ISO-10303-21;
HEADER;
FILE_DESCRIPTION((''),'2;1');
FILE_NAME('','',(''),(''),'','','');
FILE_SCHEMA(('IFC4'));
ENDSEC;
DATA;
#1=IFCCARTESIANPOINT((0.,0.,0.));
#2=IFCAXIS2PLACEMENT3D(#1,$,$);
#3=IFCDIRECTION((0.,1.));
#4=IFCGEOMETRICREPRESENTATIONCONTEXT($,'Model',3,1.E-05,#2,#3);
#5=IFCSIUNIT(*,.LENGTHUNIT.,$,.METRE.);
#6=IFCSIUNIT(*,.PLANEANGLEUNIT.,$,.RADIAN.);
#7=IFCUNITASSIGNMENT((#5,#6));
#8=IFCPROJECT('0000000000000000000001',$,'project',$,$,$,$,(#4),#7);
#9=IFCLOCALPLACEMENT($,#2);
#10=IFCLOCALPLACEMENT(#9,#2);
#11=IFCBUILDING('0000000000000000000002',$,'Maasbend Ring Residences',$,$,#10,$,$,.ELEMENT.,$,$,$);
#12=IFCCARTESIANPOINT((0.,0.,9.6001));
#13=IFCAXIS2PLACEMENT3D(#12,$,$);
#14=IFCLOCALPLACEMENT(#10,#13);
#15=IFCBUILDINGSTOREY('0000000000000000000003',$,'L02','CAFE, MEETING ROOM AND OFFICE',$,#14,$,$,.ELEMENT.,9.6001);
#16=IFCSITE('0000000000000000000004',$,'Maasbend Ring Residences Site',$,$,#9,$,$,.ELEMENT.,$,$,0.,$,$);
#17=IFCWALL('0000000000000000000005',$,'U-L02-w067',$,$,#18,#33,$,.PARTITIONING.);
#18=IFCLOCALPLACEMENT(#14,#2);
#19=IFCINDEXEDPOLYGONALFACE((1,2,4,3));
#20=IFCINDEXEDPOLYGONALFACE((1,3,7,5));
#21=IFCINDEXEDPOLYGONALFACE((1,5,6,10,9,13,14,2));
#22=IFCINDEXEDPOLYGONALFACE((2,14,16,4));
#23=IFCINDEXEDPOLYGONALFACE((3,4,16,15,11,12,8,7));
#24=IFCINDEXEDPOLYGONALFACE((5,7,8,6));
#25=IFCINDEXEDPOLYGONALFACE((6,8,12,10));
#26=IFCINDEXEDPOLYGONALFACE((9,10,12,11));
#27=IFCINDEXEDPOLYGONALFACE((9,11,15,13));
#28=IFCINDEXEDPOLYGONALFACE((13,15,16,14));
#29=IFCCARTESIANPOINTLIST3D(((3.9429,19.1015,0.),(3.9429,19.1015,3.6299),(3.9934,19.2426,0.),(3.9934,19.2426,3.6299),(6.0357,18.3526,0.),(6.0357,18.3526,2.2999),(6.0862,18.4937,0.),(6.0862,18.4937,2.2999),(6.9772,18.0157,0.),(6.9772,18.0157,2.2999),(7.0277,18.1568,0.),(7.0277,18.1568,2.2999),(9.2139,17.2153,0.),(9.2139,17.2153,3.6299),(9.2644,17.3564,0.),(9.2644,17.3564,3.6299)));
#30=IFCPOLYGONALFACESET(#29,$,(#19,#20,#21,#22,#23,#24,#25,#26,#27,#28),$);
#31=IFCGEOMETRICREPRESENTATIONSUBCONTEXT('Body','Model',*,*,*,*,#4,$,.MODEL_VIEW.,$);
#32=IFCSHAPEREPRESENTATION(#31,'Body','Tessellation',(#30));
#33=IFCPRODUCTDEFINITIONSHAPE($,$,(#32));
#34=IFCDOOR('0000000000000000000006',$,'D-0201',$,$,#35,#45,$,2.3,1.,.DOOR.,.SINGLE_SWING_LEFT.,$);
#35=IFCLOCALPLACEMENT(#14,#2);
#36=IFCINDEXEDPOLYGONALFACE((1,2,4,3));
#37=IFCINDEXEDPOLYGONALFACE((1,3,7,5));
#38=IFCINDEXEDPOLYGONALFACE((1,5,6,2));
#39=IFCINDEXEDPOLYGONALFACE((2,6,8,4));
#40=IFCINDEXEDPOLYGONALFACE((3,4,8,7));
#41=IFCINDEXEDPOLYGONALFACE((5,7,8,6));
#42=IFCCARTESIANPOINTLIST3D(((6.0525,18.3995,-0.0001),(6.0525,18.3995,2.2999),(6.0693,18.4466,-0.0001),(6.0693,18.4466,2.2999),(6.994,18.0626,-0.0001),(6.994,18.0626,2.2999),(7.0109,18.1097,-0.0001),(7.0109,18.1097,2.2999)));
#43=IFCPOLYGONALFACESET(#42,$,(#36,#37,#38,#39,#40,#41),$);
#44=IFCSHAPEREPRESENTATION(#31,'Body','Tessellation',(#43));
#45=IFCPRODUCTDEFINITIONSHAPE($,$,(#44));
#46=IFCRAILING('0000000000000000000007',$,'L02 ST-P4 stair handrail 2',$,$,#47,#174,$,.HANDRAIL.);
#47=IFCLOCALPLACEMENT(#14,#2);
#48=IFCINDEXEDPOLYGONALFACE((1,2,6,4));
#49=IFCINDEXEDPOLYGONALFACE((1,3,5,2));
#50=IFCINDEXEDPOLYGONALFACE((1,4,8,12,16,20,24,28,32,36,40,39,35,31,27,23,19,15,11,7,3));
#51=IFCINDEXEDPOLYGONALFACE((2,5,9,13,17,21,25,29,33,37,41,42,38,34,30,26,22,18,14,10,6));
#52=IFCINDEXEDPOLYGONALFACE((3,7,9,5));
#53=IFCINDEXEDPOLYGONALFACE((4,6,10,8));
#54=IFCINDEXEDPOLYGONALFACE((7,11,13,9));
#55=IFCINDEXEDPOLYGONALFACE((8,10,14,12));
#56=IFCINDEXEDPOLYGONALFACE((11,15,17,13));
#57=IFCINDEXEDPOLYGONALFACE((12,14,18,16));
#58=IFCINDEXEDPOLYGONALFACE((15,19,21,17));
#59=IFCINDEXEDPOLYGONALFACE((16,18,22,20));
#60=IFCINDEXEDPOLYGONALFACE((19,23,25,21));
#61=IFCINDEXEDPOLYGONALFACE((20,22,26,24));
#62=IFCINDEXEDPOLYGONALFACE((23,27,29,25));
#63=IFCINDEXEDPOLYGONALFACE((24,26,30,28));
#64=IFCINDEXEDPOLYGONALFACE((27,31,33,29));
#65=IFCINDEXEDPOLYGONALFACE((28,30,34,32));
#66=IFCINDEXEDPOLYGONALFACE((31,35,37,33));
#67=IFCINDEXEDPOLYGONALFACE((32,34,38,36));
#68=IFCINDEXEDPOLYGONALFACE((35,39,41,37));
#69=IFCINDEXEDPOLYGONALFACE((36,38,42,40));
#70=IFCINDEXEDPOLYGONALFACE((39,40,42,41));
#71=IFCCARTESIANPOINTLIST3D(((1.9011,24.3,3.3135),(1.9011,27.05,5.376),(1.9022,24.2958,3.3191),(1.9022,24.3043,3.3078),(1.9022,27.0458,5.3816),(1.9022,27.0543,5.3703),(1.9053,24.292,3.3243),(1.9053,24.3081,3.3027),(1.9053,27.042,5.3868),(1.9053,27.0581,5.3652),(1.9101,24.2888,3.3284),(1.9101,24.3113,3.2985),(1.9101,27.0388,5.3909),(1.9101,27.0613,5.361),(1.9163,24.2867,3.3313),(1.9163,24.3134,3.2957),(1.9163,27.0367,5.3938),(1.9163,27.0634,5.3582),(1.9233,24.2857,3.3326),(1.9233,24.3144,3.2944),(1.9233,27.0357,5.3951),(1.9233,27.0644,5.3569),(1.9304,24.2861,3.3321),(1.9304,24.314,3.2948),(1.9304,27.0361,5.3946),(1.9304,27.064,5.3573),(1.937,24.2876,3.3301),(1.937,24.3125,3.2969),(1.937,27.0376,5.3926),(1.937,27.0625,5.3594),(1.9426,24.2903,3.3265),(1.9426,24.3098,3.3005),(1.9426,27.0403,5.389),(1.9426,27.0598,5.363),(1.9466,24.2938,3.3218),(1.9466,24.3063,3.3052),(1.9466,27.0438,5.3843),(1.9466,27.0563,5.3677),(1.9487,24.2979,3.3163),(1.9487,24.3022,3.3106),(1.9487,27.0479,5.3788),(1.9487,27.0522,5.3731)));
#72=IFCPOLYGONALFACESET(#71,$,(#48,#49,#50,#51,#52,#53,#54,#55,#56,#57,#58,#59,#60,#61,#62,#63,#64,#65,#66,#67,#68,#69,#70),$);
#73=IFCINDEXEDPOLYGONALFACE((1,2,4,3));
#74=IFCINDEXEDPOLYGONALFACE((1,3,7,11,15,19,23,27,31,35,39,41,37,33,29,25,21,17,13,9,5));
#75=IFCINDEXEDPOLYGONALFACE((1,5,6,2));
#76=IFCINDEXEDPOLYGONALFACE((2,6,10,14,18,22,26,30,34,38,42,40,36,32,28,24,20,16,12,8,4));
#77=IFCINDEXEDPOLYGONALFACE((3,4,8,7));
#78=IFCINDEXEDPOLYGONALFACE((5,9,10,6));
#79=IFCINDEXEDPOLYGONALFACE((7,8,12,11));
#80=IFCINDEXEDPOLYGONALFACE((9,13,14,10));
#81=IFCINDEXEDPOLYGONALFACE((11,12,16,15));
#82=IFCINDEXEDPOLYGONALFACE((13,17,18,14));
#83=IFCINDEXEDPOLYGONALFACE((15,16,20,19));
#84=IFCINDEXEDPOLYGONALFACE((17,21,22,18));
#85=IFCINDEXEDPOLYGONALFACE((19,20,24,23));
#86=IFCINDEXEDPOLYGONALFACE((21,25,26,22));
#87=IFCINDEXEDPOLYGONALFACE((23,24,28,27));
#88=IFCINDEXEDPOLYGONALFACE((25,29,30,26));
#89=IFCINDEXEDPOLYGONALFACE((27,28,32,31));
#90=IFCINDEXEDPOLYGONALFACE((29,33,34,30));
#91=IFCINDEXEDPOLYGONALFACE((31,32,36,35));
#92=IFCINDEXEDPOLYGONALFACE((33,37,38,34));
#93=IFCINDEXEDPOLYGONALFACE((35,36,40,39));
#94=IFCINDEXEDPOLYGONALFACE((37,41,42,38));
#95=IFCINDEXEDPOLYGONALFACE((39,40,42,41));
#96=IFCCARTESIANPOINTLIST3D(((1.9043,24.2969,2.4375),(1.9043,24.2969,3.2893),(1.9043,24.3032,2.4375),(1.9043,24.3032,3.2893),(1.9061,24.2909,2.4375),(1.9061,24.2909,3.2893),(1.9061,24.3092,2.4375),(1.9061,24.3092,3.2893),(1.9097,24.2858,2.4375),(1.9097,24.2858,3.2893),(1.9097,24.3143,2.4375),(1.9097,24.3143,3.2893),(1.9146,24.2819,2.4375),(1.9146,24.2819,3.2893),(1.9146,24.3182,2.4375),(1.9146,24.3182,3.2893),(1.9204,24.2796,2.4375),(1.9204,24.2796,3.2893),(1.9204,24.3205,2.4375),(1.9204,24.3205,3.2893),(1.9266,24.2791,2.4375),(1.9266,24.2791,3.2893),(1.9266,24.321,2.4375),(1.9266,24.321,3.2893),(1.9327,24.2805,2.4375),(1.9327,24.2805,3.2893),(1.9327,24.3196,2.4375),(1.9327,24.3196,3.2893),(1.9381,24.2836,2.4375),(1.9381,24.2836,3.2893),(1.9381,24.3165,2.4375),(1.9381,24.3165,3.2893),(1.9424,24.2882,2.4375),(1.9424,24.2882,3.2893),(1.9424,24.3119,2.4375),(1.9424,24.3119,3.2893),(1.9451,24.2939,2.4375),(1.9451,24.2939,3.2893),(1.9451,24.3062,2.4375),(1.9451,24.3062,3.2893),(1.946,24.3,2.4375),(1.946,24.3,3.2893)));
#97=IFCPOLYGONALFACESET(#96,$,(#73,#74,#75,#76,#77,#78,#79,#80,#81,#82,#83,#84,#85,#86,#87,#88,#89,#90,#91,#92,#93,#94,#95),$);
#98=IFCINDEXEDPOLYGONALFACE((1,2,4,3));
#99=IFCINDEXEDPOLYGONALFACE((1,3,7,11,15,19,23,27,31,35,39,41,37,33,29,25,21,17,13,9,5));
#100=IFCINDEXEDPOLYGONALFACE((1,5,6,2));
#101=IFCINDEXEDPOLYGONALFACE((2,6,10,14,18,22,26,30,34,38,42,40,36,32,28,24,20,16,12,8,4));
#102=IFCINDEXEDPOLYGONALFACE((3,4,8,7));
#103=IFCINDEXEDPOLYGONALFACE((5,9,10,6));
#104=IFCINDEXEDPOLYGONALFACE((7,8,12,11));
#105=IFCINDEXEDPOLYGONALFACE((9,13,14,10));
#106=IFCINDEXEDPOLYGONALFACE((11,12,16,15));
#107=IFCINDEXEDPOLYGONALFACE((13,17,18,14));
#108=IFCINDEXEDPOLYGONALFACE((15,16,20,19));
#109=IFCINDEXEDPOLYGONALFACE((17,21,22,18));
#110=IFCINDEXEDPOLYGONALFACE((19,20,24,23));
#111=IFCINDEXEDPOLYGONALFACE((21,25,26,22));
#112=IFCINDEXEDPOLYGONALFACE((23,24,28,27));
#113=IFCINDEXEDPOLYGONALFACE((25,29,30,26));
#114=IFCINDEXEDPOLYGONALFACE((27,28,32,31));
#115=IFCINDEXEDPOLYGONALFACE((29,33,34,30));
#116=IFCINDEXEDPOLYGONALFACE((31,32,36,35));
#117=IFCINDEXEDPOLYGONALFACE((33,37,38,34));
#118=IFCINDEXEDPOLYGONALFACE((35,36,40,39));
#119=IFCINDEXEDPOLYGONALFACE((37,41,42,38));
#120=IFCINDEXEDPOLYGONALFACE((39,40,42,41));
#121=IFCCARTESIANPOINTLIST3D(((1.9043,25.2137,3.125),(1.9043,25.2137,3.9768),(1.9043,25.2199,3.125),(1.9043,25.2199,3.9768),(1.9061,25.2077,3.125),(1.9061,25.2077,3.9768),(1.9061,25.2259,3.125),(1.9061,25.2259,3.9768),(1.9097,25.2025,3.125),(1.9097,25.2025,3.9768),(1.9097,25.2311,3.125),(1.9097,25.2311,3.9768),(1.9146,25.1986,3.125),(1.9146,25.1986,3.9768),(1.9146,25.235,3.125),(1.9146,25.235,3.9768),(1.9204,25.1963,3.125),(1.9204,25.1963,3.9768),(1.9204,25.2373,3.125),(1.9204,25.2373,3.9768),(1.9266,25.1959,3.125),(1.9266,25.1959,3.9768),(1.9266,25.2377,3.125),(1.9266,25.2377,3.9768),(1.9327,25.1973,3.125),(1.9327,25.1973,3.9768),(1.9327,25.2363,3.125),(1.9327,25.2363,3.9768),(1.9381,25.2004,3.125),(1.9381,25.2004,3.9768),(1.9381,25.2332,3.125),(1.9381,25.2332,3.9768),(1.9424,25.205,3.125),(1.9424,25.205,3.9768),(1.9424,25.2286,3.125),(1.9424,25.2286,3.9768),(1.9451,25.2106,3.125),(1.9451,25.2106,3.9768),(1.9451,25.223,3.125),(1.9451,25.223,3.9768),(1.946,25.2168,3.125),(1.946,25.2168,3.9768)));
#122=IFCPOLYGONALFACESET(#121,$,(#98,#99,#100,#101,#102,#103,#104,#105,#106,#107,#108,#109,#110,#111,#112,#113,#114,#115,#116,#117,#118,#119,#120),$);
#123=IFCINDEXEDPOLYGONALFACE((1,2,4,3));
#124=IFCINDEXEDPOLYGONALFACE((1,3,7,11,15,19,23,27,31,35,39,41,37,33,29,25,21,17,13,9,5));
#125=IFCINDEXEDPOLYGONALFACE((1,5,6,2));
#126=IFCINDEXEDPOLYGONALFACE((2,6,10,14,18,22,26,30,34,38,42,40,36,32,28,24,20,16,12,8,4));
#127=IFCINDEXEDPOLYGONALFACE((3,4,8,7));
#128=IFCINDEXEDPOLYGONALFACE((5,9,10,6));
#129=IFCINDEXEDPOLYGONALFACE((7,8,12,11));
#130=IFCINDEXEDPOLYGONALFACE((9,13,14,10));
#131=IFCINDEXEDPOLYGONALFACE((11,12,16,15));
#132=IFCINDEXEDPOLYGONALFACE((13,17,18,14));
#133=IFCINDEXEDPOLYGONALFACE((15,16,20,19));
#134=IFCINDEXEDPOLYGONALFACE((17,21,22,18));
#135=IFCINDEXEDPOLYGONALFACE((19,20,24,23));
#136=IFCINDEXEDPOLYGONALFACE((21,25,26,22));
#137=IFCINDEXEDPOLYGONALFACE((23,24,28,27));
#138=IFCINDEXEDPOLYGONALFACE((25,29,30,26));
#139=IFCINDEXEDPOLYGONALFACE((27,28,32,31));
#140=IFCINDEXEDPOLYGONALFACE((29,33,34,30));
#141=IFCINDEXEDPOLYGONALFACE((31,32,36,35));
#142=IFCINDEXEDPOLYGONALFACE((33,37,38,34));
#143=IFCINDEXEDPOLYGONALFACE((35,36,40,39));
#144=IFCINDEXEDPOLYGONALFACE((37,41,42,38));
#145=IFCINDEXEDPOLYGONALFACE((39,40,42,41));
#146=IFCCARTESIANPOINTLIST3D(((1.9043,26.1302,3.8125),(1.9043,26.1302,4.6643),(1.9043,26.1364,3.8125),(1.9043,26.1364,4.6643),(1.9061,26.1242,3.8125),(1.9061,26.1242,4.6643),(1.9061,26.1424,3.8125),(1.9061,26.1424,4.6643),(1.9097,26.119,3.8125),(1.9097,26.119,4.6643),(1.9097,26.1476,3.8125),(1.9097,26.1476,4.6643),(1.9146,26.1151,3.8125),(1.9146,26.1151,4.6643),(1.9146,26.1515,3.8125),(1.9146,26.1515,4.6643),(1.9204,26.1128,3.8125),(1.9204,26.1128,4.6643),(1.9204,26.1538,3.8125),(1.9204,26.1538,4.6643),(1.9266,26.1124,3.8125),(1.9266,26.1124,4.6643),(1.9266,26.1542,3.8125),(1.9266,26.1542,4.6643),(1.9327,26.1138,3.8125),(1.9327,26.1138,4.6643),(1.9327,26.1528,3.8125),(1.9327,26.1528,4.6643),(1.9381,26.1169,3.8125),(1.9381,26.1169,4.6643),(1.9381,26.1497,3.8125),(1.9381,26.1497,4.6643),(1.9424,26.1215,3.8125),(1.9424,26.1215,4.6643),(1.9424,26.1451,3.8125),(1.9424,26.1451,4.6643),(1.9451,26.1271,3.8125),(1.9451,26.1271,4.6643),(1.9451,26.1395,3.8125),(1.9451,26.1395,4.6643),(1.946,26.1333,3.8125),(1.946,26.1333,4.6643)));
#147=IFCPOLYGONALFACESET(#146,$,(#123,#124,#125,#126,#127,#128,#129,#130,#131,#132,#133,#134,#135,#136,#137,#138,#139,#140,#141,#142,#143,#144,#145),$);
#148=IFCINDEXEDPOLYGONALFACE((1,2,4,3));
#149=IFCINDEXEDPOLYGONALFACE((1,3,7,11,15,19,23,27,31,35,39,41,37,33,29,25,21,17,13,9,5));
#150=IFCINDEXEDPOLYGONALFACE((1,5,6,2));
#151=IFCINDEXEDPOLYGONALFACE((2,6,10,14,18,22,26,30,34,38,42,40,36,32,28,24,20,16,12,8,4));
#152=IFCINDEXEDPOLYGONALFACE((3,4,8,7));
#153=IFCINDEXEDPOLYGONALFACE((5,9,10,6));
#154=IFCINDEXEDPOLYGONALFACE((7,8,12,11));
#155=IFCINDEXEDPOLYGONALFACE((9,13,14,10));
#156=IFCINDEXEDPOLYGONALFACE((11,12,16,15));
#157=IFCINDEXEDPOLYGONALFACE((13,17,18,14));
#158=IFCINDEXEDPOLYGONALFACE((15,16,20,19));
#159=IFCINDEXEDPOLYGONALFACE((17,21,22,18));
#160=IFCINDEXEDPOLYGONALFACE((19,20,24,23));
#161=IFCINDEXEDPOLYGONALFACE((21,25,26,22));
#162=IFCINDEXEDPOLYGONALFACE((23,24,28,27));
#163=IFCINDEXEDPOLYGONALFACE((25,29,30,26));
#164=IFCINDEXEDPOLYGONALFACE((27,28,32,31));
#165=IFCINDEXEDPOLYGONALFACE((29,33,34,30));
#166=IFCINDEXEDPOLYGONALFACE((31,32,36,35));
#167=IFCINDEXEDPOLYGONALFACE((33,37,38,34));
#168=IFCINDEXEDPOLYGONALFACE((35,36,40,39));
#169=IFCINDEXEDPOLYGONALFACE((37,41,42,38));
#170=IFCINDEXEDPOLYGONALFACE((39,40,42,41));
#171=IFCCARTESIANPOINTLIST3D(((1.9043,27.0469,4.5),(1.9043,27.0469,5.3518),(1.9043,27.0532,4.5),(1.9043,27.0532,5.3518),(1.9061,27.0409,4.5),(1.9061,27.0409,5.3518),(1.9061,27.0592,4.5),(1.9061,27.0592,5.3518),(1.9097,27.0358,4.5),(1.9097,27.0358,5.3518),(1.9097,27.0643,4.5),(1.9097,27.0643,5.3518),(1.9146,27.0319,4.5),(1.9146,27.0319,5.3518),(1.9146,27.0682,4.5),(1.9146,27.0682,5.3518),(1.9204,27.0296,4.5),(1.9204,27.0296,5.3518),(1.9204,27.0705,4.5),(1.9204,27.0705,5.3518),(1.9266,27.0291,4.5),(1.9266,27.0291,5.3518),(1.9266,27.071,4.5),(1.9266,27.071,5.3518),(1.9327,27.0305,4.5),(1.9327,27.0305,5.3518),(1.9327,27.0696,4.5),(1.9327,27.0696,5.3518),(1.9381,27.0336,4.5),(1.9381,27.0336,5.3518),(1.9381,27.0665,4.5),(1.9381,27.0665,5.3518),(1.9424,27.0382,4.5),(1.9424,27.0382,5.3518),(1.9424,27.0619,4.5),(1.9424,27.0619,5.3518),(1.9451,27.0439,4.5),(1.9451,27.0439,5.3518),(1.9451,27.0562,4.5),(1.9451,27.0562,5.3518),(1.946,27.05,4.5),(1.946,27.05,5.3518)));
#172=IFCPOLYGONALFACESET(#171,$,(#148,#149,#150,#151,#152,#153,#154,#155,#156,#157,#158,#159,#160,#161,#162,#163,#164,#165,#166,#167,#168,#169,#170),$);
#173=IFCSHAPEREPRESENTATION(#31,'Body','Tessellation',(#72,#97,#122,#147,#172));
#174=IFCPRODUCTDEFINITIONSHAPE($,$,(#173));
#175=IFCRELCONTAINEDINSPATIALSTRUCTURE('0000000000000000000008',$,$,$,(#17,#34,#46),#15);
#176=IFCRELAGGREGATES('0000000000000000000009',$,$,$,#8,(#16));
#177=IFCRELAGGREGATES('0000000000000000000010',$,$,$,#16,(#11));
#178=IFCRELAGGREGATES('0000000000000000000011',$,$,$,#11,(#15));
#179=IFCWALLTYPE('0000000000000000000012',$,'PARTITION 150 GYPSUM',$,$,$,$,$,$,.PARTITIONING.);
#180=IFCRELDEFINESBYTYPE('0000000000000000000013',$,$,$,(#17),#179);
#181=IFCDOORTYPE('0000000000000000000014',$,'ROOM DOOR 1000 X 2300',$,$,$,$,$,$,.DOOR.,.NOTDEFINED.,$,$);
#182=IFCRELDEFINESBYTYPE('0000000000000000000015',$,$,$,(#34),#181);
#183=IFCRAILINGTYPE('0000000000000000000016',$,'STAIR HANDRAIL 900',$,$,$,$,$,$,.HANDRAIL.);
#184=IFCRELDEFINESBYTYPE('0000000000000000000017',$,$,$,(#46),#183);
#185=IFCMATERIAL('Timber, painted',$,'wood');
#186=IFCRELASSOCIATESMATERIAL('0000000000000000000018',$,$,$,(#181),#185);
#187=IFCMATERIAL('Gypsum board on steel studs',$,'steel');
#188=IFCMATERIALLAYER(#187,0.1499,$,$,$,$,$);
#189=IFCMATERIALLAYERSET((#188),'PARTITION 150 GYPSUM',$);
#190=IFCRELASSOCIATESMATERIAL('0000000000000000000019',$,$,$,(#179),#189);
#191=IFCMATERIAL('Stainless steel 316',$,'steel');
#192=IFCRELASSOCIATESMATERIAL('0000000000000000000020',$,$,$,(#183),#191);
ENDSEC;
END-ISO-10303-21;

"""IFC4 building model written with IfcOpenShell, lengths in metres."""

from ifc_helpers import new_model, si_unit, direction, frame, frame_2d, origin, origin_2d, place, context, subcontext, project, spatial, rectangle, circle, extrude, material, layer, layer_set, type_object, element, fill, save


model = new_model("IFC4")

# Units and contexts
model_context = context("Model", 3, precision=1e-05, world=origin(), true_north=direction((0.0, 1.0)))
body_context = subcontext(model_context, "Body", "Model", "MODEL_VIEW")
ifc_project = project(units=[si_unit("LENGTHUNIT", "METRE"), si_unit("PLANEANGLEUNIT", "RADIAN")], contexts=[model_context])

# Site, building, storey
site_placement = place(None, origin())
site = spatial("IfcSite", under=ifc_project, at=site_placement, Name="Maasbend Ring Residences Site", CompositionType="ELEMENT", RefElevation=0.0)
building_placement = place(site_placement, origin())
building = spatial("IfcBuilding", under=site, at=building_placement, Name="Maasbend Ring Residences", CompositionType="ELEMENT")
storey_placement = place(building_placement, frame((0.0, 0.0, 9.6001)))
storey = spatial("IfcBuildingStorey", under=building, at=storey_placement, Name="L02", Description="CAFE, MEETING ROOM AND OFFICE", CompositionType="ELEMENT", Elevation=9.6001)

# Shared definitions
ifc_material_1 = material(Name="Timber, painted", Category="wood")
door_type_1 = type_object("IfcDoorType", Name="ROOM DOOR 1000 X 2300", OperationType="NOTDEFINED", PredefinedType="DOOR", material=ifc_material_1)

# Wall, opening, door
ifc_material_2 = material(Name="Gypsum board on steel studs", Category="steel")
ifc_layer_1 = layer(ifc_material_2, 0.1499)
ifc_layer_set_1 = layer_set([ifc_layer_1], Name="PARTITION 150 GYPSUM")
wall_type_1 = type_object("IfcWallType", Name="PARTITION 150 GYPSUM", PredefinedType="PARTITIONING", material=ifc_layer_set_1)
wall_1_placement = place(storey_placement, frame((3.968, 19.1721, 0.0), z_axis=(0.0, 0.0, 1.0), x_axis=(0.941531, -0.336928, 0.0)))
wall_1 = element("IfcWall", 1, at=wall_1_placement, inside=storey, type_object=wall_type_1, Name="U-L02-w067", PredefinedType="PARTITIONING", context=body_context, shape_type="SweptSolid", body=[
    extrude(rectangle(XDim=5.5984, YDim=0.1499, at=frame_2d((2.7993, 0.0))), origin(), (0.0, 0.0, 1.0), 3.6299),
])
opening_1_placement = place(wall_1_placement, frame((2.2229, 0.0, 0.0)))
opening_1 = element("IfcOpeningElement", 2, at=opening_1_placement, cuts=wall_1, PredefinedType="OPENING", context=body_context, shape_type="SweptSolid", body=[
    extrude(rectangle(XDim=1.0, YDim=2.3, at=frame_2d((0.5, 1.1499))), frame((0.0, 0.085, 0.0), z_axis=(0.0, -1.0, 0.0), x_axis=(1.0, 0.0, 0.0)), (0.0, 0.0, 1.0), 0.1699),
])
door_1_placement = place(opening_1_placement, origin())
door_1 = element("IfcDoor", 3, at=door_1_placement, inside=storey, type_object=door_type_1, Name="D-0201", OperationType="SINGLE_SWING_LEFT", OverallHeight=2.3, OverallWidth=1.0, PredefinedType="DOOR", context=body_context, shape_type="SweptSolid", body=[
    extrude(rectangle(XDim=1.0, YDim=2.3, at=frame_2d((0.5, 1.1499))), frame((0.0, 0.0249, 0.0), z_axis=(0.0, -1.0, 0.0), x_axis=(1.0, 0.0, 0.0)), (0.0, 0.0, 1.0), 0.05),
])
fill(opening_1, door_1)

# Railing
ifc_material_3 = material(Name="Stainless steel 316", Category="steel")
railing_type_1 = type_object("IfcRailingType", Name="STAIR HANDRAIL 900", PredefinedType="HANDRAIL", material=ifc_material_3)
railing_1_placement = place(storey_placement, frame((1.925, 24.3, 2.4375)))
element("IfcRailing", 4, at=railing_1_placement, inside=storey, type_object=railing_type_1, Name="L02 ST-P4 stair handrail 2", PredefinedType="HANDRAIL", context=body_context, shape_type="SweptSolid", body=[
    extrude(circle(Radius=0.0239, at=origin_2d()), frame((0.0, 0.0, 0.876), z_axis=(0.0, 0.8, 0.6), x_axis=(-1.0, 0.0, 0.0)), (0.0, 0.0, 1.0), 3.4375),
    extrude(circle(Radius=0.021, at=origin_2d()), origin(), (0.0, 0.0, 1.0), 0.8518),
    extrude(circle(Radius=0.021, at=origin_2d()), frame((0.0, 0.9167, 0.6875)), (0.0, 0.0, 1.0), 0.8518),
    extrude(circle(Radius=0.021, at=origin_2d()), frame((0.0, 1.8333, 1.375)), (0.0, 0.0, 1.0), 0.8518),
    extrude(circle(Radius=0.021, at=origin_2d()), frame((0.0, 2.75, 2.0625)), (0.0, 0.0, 1.0), 0.8518),
])

save(model, "model.ifc")
